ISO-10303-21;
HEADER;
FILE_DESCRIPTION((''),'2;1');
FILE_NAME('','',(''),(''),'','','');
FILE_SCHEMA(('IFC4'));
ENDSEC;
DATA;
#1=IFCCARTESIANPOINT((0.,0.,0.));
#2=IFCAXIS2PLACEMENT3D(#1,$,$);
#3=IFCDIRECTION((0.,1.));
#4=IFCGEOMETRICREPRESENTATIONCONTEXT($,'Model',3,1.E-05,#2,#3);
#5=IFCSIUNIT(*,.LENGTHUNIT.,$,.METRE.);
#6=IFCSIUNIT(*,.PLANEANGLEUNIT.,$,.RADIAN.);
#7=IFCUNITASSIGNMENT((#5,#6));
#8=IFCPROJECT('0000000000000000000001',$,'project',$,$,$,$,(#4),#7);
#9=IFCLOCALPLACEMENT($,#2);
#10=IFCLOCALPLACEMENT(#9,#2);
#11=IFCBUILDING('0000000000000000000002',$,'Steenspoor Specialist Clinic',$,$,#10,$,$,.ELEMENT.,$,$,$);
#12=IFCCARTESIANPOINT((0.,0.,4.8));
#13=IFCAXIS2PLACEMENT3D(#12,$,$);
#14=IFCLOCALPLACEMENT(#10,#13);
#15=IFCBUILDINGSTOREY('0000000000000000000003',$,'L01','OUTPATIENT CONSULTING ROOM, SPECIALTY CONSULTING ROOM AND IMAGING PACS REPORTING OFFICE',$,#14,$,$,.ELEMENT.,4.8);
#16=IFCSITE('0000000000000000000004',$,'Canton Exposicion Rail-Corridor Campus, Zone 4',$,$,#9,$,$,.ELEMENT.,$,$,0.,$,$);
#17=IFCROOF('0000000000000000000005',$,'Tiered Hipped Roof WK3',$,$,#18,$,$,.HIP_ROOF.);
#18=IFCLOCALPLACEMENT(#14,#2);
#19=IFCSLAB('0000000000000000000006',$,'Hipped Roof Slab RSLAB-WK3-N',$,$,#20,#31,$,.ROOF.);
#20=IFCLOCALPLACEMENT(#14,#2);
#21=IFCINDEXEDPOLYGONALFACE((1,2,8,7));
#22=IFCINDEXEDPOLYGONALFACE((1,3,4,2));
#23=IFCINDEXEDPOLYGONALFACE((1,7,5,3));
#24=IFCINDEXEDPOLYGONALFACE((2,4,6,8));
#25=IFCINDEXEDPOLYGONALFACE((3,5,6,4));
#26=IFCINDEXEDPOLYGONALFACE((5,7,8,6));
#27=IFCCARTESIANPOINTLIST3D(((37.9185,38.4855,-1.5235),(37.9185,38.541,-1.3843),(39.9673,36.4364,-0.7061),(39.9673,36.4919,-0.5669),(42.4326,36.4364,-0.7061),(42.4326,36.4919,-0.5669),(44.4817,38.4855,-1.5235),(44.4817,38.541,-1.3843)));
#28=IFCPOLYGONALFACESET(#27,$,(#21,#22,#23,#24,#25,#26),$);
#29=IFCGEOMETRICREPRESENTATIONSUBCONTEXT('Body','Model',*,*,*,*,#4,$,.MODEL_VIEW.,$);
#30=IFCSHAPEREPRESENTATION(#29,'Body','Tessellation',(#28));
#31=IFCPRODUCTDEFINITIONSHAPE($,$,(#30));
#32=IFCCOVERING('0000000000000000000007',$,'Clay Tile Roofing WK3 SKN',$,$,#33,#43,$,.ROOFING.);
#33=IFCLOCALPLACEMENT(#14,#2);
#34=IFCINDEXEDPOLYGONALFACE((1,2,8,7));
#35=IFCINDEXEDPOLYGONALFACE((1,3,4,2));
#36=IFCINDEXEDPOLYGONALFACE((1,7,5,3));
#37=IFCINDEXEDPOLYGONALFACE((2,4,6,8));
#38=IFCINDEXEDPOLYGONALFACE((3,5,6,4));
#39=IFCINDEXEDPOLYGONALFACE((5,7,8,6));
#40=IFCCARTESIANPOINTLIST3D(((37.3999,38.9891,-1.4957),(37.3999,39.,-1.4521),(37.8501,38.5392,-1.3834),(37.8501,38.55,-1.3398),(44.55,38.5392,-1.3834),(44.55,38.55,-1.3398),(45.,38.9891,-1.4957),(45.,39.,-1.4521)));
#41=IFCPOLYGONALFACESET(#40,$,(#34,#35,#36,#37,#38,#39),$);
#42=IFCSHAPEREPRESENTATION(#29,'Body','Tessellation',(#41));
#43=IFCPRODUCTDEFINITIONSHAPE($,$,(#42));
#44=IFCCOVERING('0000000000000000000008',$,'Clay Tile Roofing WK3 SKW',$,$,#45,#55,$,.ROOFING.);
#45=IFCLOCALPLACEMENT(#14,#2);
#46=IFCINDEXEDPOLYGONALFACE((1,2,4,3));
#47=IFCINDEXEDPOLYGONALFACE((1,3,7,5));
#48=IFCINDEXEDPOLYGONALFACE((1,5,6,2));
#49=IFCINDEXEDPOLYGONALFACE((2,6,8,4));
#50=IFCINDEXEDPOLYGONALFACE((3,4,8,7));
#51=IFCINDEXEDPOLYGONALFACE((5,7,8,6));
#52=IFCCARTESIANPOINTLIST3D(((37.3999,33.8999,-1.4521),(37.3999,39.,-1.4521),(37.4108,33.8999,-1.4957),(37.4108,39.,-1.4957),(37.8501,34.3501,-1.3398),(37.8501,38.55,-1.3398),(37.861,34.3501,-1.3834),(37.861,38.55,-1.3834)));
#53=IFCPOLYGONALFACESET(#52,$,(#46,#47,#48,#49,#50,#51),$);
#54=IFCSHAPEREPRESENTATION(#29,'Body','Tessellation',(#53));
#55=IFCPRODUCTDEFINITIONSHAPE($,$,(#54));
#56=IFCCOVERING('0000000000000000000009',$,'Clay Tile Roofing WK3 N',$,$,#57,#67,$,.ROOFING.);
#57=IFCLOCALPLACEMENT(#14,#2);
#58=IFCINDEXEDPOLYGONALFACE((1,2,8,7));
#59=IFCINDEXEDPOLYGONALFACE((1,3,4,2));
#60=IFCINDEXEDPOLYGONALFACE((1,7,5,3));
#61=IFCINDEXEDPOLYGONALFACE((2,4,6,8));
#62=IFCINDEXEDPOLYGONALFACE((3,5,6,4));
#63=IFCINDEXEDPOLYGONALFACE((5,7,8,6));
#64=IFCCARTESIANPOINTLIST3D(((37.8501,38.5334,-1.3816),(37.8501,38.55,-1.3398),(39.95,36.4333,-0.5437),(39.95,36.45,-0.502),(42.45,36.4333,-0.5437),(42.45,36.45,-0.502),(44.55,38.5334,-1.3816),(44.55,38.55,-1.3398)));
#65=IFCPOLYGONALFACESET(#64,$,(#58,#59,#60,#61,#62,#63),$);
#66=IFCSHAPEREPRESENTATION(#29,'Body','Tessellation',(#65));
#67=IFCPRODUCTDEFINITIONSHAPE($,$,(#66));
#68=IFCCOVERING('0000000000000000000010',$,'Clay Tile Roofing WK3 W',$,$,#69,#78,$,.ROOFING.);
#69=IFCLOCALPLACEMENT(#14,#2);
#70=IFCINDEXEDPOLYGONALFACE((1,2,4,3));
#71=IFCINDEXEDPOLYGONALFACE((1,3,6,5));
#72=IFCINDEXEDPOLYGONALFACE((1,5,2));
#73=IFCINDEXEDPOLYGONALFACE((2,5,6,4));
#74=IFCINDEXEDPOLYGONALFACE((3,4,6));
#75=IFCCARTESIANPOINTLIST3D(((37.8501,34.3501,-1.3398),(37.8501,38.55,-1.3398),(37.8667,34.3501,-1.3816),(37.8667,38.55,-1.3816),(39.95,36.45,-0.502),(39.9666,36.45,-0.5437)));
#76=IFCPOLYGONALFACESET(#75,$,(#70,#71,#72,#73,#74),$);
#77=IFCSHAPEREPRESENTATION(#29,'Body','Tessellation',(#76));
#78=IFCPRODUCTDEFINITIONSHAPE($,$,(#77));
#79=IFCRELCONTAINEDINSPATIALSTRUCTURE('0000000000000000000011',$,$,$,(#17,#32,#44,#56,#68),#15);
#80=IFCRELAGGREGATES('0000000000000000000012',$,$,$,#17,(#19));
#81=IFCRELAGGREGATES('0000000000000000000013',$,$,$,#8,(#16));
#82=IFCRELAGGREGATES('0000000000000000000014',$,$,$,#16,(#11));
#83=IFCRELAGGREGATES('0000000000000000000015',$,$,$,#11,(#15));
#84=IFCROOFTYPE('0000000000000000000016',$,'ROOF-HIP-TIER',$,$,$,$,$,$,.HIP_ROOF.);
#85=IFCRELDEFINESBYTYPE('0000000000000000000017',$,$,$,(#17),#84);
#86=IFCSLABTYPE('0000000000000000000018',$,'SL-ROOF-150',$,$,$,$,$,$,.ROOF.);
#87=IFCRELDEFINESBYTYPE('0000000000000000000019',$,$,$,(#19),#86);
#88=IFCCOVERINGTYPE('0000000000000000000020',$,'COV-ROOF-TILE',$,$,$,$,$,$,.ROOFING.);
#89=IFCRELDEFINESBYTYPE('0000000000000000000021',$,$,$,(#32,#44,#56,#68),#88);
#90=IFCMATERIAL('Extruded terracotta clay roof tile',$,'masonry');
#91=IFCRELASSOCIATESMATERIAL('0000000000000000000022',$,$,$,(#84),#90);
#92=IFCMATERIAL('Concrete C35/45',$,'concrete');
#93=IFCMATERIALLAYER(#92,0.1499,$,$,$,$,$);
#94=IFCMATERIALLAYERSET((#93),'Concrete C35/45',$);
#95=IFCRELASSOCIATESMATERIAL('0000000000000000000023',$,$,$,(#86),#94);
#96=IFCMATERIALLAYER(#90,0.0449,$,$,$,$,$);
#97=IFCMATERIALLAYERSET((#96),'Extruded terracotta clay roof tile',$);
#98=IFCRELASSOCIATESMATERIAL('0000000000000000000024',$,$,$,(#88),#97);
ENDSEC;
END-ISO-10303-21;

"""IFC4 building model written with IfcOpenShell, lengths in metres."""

from ifc_helpers import new_model, si_unit, direction, frame, origin, place, context, subcontext, project, spatial, polyline, outline, extrude, material, layer, layer_set, type_object, element, aggregate, save


model = new_model("IFC4")

# Units and contexts
model_context = context("Model", 3, precision=1e-05, world=origin(), true_north=direction((0.0, 1.0)))
body_context = subcontext(model_context, "Body", "Model", "MODEL_VIEW")
ifc_project = project(units=[si_unit("LENGTHUNIT", "METRE"), si_unit("PLANEANGLEUNIT", "RADIAN")], contexts=[model_context])

# Site, building, storey
site_placement = place(None, origin())
site = spatial("IfcSite", under=ifc_project, at=site_placement, Name="Canton Exposicion Rail-Corridor Campus, Zone 4", CompositionType="ELEMENT", RefElevation=0.0)
building_placement = place(site_placement, origin())
building = spatial("IfcBuilding", under=site, at=building_placement, Name="Steenspoor Specialist Clinic", CompositionType="ELEMENT")
storey_placement = place(building_placement, frame((0.0, 0.0, 4.8)))
storey = spatial("IfcBuildingStorey", under=building, at=storey_placement, Name="L01", Description="OUTPATIENT CONSULTING ROOM, SPECIALTY CONSULTING ROOM AND IMAGING PACS REPORTING OFFICE", CompositionType="ELEMENT", Elevation=4.8)

# Roof, slab
ifc_material_1 = material(Name="Extruded terracotta clay roof tile", Category="masonry")
roof_type = type_object("IfcRoofType", Name="ROOF-HIP-TIER", PredefinedType="HIP_ROOF", material=ifc_material_1)
roof_placement = place(storey_placement, origin())
roof = element("IfcRoof", 1, at=roof_placement, inside=storey, type_object=roof_type, Name="Tiered Hipped Roof WK3", PredefinedType="HIP_ROOF")
ifc_material_2 = material(Name="Concrete C35/45", Category="concrete")
ifc_layer_1 = layer(ifc_material_2, 0.1499)
ifc_layer_set_1 = layer_set([ifc_layer_1], Name="Concrete C35/45")
slab_type = type_object("IfcSlabType", Name="SL-ROOF-150", PredefinedType="ROOF", material=ifc_layer_set_1)
slab_1_placement = place(storey_placement, frame((37.9185, 38.541, -1.3843), z_axis=(0.0, 0.370513, 0.928827), x_axis=(0.680508, -0.680589, 0.27149)))
slab_1 = element("IfcSlab", 2, at=slab_1_placement, type_object=slab_type, Name="Hipped Roof Slab RSLAB-WK3-N", PredefinedType="ROOF", context=body_context, shape_type="SweptSolid", body=[
    extrude(outline(polyline([(0.0, 0.0), (3.0107, 0.0), (4.6884, 1.8064), (4.4663, 4.8091), (0.0, 0.0)])), origin(), (0.0, 0.0, -1.0), 0.1499),
])
aggregate(roof, [slab_1])

# Coverings
ifc_layer_2 = layer(ifc_material_1, 0.0449)
ifc_layer_set_2 = layer_set([ifc_layer_2], Name="Extruded terracotta clay roof tile")
covering_type = type_object("IfcCoveringType", Name="COV-ROOF-TILE", PredefinedType="ROOFING", material=ifc_layer_set_2)
covering_1_placement = place(storey_placement, frame((45.0, 39.0, -1.4521), z_axis=(0.0, 0.242164, 0.970235), x_axis=(-1.0, 0.0, 0.0)))
element("IfcCovering", 3, at=covering_1_placement, inside=storey, type_object=covering_type, Name="Clay Tile Roofing WK3 SKN", PredefinedType="ROOFING", context=body_context, shape_type="SweptSolid", body=[
    extrude(outline(polyline([(0.0, 0.0), (7.6001, 0.0), (7.1499, 0.4638), (0.45, 0.4638), (0.0, 0.0)])), origin(), (0.0, 0.0, -1.0), 0.0449),
])
covering_2_placement = place(storey_placement, frame((37.3999, 39.0, -1.4521), z_axis=(-0.24204, 0.0, 0.970266), x_axis=(0.0, -1.0, 0.0)))
element("IfcCovering", 4, at=covering_2_placement, inside=storey, type_object=covering_type, Name="Clay Tile Roofing WK3 SKW", PredefinedType="ROOFING", context=body_context, shape_type="SweptSolid", body=[
    extrude(outline(polyline([(0.0, 0.0), (5.1001, 0.0), (4.6499, 0.464), (0.45, 0.464), (0.0, 0.0)])), origin(), (0.0, 0.0, -1.0), 0.0449),
])
covering_3_placement = place(storey_placement, frame((44.55, 38.55, -1.3398), z_axis=(0.0, 0.370571, 0.928804), x_axis=(-1.0, 0.0, 0.0)))
element("IfcCovering", 5, at=covering_3_placement, inside=storey, type_object=covering_type, Name="Clay Tile Roofing WK3 N", PredefinedType="ROOFING", context=body_context, shape_type="SweptSolid", body=[
    extrude(outline(polyline([(0.0, 0.0), (6.7, 0.0), (4.6001, 2.2611), (2.1001, 2.2611), (0.0, 0.0)])), origin(), (0.0, 0.0, -1.0), 0.0449),
])
covering_4_placement = place(storey_placement, frame((37.8501, 38.55, -1.3398), z_axis=(-0.370609, 0.0, 0.928789), x_axis=(0.0, -1.0, 0.0)))
element("IfcCovering", 6, at=covering_4_placement, inside=storey, type_object=covering_type, Name="Clay Tile Roofing WK3 W", PredefinedType="ROOFING", context=body_context, shape_type="SweptSolid", body=[
    extrude(outline(polyline([(0.0, 0.0), (4.2, 0.0), (2.1001, 2.2609), (0.0, 0.0)])), origin(), (0.0, 0.0, -1.0), 0.0449),
])

save(model, "model.ifc")
